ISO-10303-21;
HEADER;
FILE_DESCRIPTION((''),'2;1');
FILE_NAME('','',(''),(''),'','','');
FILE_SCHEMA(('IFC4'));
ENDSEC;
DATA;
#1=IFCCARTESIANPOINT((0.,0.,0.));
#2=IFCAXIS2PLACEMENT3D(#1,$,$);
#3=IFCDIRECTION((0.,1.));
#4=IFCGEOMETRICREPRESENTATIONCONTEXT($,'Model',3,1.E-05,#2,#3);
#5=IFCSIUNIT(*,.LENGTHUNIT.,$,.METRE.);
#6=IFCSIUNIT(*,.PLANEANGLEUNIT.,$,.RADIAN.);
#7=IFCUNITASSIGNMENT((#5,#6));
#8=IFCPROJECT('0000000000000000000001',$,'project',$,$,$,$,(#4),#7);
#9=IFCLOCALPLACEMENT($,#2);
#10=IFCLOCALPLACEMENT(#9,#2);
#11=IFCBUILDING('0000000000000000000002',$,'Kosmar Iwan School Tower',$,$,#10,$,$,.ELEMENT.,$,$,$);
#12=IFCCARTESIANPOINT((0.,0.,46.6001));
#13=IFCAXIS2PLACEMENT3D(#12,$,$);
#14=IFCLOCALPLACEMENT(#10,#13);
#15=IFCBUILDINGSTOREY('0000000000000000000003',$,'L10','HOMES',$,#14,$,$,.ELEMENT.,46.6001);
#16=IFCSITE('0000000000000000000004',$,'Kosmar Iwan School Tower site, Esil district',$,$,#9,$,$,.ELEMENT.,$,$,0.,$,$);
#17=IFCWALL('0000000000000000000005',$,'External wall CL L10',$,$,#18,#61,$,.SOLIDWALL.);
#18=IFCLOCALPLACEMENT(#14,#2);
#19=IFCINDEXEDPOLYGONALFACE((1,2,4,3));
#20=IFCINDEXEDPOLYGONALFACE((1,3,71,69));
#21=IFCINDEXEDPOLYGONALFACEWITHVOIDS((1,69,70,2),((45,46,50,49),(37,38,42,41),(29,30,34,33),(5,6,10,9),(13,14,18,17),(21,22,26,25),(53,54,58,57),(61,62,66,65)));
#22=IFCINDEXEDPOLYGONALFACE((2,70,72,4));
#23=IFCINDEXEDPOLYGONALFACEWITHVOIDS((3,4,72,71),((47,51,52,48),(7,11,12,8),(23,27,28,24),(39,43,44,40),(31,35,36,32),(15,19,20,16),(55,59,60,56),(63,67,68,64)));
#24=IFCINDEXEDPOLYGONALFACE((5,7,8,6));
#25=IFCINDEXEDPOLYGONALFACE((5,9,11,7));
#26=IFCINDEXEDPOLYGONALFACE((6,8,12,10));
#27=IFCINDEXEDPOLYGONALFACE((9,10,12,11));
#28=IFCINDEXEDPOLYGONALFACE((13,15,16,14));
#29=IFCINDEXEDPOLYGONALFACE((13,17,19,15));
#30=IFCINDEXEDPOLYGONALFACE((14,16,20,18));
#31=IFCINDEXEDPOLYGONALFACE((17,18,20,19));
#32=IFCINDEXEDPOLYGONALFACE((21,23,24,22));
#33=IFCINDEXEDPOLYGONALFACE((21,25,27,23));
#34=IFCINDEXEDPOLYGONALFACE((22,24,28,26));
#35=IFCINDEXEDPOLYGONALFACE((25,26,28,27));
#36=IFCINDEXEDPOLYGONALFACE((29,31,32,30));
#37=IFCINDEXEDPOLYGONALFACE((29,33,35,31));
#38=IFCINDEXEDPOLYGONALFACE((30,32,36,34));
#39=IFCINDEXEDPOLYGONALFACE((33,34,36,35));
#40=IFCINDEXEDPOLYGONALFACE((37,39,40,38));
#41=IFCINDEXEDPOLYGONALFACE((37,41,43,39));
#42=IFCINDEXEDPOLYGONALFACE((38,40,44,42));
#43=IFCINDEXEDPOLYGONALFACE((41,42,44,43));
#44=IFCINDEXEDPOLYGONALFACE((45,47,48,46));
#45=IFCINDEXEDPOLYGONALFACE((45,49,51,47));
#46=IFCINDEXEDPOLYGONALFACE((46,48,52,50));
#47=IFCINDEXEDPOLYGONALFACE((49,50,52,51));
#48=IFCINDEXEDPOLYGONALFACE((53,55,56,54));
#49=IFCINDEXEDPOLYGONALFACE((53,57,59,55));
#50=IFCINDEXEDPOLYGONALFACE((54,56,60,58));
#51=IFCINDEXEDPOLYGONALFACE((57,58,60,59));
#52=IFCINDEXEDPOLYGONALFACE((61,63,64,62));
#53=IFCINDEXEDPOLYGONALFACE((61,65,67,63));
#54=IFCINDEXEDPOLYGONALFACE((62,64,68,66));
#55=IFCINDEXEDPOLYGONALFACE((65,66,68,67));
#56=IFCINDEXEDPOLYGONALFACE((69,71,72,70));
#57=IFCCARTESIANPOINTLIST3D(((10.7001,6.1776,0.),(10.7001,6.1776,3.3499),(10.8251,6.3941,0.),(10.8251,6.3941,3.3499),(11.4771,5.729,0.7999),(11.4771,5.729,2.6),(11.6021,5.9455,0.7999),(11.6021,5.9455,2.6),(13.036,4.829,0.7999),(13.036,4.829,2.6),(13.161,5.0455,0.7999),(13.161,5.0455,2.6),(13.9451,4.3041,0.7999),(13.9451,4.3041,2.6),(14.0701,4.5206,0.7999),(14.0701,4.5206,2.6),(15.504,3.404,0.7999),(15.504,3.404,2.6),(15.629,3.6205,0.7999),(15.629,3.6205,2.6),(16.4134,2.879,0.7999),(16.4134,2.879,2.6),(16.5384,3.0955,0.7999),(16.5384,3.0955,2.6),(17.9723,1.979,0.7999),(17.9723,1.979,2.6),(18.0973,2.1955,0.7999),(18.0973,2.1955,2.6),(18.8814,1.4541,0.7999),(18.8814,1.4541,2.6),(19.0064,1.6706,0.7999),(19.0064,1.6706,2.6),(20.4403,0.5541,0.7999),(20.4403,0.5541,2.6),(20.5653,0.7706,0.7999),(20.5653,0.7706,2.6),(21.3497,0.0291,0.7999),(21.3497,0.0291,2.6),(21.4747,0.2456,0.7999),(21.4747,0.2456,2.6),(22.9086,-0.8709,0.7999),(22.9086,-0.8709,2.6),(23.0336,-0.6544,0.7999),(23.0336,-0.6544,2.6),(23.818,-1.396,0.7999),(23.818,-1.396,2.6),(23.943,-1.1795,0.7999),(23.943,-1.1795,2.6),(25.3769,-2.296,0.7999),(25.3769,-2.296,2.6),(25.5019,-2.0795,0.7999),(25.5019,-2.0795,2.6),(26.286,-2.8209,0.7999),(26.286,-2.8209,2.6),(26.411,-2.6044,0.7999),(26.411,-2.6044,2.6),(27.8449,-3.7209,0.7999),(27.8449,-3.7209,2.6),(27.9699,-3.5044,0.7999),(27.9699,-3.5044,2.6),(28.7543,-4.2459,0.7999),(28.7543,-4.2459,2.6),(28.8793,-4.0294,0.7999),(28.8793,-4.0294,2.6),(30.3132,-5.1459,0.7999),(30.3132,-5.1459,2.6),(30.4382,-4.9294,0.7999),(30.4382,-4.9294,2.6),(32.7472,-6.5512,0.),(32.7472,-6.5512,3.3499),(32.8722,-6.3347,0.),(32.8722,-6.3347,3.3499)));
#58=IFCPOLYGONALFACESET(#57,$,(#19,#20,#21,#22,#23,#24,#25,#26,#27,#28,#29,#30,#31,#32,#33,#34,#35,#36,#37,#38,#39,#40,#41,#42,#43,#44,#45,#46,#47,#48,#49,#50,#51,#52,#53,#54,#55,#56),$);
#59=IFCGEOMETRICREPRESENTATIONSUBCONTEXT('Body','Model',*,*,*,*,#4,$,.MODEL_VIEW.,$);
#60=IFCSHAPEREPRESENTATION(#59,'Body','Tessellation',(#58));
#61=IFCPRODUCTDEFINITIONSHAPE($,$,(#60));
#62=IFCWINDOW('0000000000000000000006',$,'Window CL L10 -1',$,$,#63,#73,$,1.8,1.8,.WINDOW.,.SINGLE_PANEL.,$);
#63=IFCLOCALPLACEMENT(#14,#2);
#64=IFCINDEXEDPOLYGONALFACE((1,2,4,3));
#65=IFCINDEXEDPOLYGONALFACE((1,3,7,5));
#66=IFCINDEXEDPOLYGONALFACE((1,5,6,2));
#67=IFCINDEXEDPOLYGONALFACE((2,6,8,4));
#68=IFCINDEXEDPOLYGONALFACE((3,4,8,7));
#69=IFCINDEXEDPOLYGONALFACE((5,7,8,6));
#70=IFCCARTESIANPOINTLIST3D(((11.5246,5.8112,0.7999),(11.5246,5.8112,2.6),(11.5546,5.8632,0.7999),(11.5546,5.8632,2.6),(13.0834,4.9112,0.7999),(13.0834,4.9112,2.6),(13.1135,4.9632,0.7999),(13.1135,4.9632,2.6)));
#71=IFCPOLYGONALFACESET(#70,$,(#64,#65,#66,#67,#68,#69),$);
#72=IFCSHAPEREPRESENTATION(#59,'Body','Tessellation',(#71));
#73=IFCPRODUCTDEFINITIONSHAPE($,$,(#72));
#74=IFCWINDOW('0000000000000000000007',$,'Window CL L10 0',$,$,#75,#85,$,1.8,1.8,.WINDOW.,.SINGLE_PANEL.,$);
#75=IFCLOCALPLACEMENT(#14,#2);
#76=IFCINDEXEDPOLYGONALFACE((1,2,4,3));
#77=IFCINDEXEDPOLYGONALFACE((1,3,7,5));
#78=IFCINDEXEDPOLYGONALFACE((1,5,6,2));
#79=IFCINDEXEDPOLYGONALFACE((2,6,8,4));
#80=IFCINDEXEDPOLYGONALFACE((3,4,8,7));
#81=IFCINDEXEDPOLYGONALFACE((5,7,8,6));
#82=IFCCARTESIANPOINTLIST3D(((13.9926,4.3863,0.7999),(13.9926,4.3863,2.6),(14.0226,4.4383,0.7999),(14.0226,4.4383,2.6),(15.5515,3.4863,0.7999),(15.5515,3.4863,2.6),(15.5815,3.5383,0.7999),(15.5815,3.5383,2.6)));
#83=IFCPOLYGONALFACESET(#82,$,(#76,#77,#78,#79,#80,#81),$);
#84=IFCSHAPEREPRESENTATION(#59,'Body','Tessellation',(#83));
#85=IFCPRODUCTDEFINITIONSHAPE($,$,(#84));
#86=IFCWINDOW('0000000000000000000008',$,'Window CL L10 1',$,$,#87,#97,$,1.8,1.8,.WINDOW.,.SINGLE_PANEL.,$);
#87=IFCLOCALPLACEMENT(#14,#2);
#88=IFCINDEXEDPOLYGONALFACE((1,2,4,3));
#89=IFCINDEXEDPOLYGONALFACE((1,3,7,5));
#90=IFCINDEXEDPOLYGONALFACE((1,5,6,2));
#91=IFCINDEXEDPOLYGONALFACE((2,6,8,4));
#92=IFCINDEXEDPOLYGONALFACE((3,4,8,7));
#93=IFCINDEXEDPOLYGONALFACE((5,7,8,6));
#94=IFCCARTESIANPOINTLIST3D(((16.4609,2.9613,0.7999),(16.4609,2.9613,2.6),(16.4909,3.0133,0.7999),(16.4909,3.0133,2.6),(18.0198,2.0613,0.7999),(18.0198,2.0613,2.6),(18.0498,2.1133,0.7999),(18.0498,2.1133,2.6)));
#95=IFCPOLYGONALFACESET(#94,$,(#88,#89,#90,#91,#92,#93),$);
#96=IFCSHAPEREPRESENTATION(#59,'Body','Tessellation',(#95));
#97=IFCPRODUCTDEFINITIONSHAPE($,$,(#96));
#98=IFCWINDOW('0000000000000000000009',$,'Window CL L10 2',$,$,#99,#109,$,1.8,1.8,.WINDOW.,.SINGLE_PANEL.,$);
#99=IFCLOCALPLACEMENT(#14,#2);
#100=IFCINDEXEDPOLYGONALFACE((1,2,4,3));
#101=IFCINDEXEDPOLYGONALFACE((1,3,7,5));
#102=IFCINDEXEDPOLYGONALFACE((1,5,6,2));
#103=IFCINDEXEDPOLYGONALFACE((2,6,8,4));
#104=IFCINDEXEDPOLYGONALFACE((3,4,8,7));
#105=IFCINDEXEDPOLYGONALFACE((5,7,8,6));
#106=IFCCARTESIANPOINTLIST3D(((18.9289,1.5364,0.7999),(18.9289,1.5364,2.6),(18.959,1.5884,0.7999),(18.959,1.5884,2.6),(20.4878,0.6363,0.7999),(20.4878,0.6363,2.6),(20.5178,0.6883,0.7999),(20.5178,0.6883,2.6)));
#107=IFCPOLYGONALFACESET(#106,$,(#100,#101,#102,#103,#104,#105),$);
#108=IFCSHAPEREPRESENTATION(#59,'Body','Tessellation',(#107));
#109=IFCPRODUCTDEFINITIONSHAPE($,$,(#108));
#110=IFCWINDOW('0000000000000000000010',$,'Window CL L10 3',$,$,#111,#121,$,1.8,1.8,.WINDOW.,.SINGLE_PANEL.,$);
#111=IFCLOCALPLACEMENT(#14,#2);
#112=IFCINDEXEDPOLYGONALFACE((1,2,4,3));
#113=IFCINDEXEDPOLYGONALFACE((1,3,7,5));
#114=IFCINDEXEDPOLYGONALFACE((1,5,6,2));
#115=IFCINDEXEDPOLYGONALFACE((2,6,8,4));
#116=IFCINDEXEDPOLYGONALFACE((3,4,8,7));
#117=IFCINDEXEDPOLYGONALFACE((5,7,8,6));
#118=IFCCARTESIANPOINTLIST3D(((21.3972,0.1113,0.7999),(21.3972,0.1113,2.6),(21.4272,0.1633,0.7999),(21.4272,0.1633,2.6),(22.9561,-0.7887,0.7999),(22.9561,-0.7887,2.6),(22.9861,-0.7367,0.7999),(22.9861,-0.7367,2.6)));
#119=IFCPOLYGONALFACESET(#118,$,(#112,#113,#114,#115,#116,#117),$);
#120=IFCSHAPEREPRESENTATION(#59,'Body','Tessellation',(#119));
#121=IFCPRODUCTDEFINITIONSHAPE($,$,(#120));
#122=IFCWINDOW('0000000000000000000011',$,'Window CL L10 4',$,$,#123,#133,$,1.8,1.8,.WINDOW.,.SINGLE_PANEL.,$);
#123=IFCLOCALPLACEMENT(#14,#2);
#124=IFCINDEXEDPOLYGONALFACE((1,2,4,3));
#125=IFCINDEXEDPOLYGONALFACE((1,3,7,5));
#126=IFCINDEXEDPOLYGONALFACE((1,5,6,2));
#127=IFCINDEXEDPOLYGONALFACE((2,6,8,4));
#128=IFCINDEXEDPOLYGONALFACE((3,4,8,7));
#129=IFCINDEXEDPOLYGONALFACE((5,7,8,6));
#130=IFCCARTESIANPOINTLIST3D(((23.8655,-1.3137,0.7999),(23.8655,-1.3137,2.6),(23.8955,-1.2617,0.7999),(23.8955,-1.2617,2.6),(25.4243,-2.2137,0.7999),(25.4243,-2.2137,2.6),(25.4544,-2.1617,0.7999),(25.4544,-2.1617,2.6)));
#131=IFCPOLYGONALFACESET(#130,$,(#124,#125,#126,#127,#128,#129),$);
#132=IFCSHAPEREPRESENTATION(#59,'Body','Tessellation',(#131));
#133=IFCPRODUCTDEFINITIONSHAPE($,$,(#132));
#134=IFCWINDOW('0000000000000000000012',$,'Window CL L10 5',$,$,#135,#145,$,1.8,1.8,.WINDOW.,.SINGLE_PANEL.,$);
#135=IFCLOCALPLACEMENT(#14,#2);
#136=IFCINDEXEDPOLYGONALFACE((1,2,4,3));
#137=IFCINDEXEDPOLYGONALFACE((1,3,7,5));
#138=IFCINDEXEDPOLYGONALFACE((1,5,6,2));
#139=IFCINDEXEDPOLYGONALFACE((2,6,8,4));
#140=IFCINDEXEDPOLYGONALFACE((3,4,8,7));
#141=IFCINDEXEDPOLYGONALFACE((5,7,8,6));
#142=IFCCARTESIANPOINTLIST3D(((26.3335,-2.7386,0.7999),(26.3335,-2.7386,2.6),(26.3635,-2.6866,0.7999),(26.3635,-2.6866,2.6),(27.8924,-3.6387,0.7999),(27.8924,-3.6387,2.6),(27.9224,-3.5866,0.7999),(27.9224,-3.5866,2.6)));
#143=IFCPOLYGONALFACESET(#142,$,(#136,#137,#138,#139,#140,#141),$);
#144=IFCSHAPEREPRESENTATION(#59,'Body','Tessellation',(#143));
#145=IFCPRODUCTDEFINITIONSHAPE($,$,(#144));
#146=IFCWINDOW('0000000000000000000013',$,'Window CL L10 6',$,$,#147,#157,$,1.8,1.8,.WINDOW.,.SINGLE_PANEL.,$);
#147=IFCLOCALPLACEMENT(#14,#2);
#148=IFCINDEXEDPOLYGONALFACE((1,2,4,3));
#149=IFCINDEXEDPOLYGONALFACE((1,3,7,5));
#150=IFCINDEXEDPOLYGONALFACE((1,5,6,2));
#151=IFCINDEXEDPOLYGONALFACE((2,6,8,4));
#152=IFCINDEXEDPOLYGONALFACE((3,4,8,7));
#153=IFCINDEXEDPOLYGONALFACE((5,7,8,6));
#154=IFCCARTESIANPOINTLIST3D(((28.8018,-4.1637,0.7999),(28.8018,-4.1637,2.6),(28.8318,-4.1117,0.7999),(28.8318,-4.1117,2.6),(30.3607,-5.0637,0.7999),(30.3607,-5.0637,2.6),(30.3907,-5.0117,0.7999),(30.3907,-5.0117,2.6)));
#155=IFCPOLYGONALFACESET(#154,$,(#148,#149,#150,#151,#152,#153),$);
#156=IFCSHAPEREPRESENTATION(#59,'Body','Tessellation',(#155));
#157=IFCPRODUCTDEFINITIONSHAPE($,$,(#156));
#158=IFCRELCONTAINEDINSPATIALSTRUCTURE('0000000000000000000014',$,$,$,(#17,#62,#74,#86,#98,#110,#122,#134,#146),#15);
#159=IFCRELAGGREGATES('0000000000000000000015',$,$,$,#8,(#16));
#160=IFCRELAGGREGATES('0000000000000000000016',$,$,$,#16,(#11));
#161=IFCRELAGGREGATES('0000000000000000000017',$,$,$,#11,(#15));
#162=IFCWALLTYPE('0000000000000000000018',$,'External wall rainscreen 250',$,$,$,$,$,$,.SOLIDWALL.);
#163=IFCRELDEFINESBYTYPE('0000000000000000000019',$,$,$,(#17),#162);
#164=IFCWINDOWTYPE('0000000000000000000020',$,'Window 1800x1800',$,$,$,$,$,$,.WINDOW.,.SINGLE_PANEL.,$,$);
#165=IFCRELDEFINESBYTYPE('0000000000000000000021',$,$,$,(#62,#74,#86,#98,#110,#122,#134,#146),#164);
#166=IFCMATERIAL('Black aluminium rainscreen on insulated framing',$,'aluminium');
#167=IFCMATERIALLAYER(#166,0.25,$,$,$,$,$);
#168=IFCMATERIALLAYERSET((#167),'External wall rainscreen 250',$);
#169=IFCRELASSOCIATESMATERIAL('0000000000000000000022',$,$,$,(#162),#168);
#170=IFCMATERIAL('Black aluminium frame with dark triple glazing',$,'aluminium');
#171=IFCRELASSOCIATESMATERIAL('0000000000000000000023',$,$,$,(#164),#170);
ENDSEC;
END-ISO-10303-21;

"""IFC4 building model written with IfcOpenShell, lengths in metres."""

from ifc_helpers import new_model, si_unit, direction, frame, frame_2d, origin, place, context, subcontext, project, spatial, rectangle, extrude, material, layer, layer_set, type_object, element, fill, save


model = new_model("IFC4")

# Units and contexts
model_context = context("Model", 3, precision=1e-05, world=origin(), true_north=direction((0.0, 1.0)))
body_context = subcontext(model_context, "Body", "Model", "MODEL_VIEW")
ifc_project = project(units=[si_unit("LENGTHUNIT", "METRE"), si_unit("PLANEANGLEUNIT", "RADIAN")], contexts=[model_context])

# Site, building, storey
site_placement = place(None, origin())
site = spatial("IfcSite", under=ifc_project, at=site_placement, Name="Kosmar Iwan School Tower site, Esil district", CompositionType="ELEMENT", RefElevation=0.0)
building_placement = place(site_placement, origin())
building = spatial("IfcBuilding", under=site, at=building_placement, Name="Kosmar Iwan School Tower", CompositionType="ELEMENT")
storey_placement = place(building_placement, frame((0.0, 0.0, 46.6001)))
storey = spatial("IfcBuildingStorey", under=building, at=storey_placement, Name="L10", Description="HOMES", CompositionType="ELEMENT", Elevation=46.6001)

# Wall, openings, windows
ifc_material_1 = material(Name="Black aluminium rainscreen on insulated framing", Category="aluminium")
ifc_layer = layer(ifc_material_1, 0.25)
ifc_layer_set = layer_set([ifc_layer], Name="External wall rainscreen 250")
wall_type = type_object("IfcWallType", Name="External wall rainscreen 250", PredefinedType="SOLIDWALL", material=ifc_layer_set)
wall_1_placement = place(storey_placement, frame((10.7625, 6.2859, 0.0), z_axis=(0.0, 0.0, 1.0), x_axis=(0.866028, -0.499996, 0.0)))
wall_1 = element("IfcWall", 1, at=wall_1_placement, inside=storey, type_object=wall_type, Name="External wall CL L10", PredefinedType="SOLIDWALL", context=body_context, shape_type="SweptSolid", body=[
    extrude(rectangle(XDim=25.4578, YDim=0.25, at=frame_2d((12.729, 0.0))), origin(), (0.0, 0.0, 1.0), 3.3499),
])
opening_1_placement = place(wall_1_placement, frame((0.8975, 0.0, 0.8)))
opening_1 = element("IfcOpeningElement", 2, at=opening_1_placement, cuts=wall_1, PredefinedType="OPENING", context=body_context, shape_type="SweptSolid", body=[
    extrude(rectangle(XDim=1.8, YDim=1.8, at=frame_2d((0.8999, 0.8999))), frame((0.0, 0.137, 0.0), z_axis=(0.0, -1.0, 0.0), x_axis=(1.0, 0.0, 0.0)), (0.0, 0.0, 1.0), 0.2739),
])
opening_2_placement = place(wall_1_placement, frame((3.7473, 0.0, 0.8)))
opening_2 = element("IfcOpeningElement", 3, at=opening_2_placement, cuts=wall_1, PredefinedType="OPENING", context=body_context, shape_type="SweptSolid", body=[
    extrude(rectangle(XDim=1.8, YDim=1.8, at=frame_2d((0.8999, 0.8999))), frame((0.0, 0.137, 0.0), z_axis=(0.0, -1.0, 0.0), x_axis=(1.0, 0.0, 0.0)), (0.0, 0.0, 1.0), 0.2739),
])
opening_3_placement = place(wall_1_placement, frame((6.5974, 0.0, 0.8)))
opening_3 = element("IfcOpeningElement", 4, at=opening_3_placement, cuts=wall_1, PredefinedType="OPENING", context=body_context, shape_type="SweptSolid", body=[
    extrude(rectangle(XDim=1.8, YDim=1.8, at=frame_2d((0.8999, 0.8999))), frame((0.0, 0.137, 0.0), z_axis=(0.0, -1.0, 0.0), x_axis=(1.0, 0.0, 0.0)), (0.0, 0.0, 1.0), 0.2739),
])
opening_4_placement = place(wall_1_placement, frame((9.4473, 0.0, 0.8)))
opening_4 = element("IfcOpeningElement", 5, at=opening_4_placement, cuts=wall_1, PredefinedType="OPENING", context=body_context, shape_type="SweptSolid", body=[
    extrude(rectangle(XDim=1.8, YDim=1.8, at=frame_2d((0.8999, 0.8999))), frame((0.0, 0.137, 0.0), z_axis=(0.0, -1.0, 0.0), x_axis=(1.0, 0.0, 0.0)), (0.0, 0.0, 1.0), 0.2739),
])
opening_5_placement = place(wall_1_placement, frame((12.2974, 0.0, 0.8)))
opening_5 = element("IfcOpeningElement", 6, at=opening_5_placement, cuts=wall_1, PredefinedType="OPENING", context=body_context, shape_type="SweptSolid", body=[
    extrude(rectangle(XDim=1.8, YDim=1.8, at=frame_2d((0.8999, 0.8999))), frame((0.0, 0.137, 0.0), z_axis=(0.0, -1.0, 0.0), x_axis=(1.0, 0.0, 0.0)), (0.0, 0.0, 1.0), 0.2739),
])
opening_6_placement = place(wall_1_placement, frame((15.1475, 0.0, 0.8)))
opening_6 = element("IfcOpeningElement", 7, at=opening_6_placement, cuts=wall_1, PredefinedType="OPENING", context=body_context, shape_type="SweptSolid", body=[
    extrude(rectangle(XDim=1.8, YDim=1.8, at=frame_2d((0.8999, 0.8999))), frame((0.0, 0.137, 0.0), z_axis=(0.0, -1.0, 0.0), x_axis=(1.0, 0.0, 0.0)), (0.0, 0.0, 1.0), 0.2739),
])
opening_7_placement = place(wall_1_placement, frame((17.9973, 0.0, 0.8)))
opening_7 = element("IfcOpeningElement", 8, at=opening_7_placement, cuts=wall_1, PredefinedType="OPENING", context=body_context, shape_type="SweptSolid", body=[
    extrude(rectangle(XDim=1.8, YDim=1.8, at=frame_2d((0.8999, 0.8999))), frame((0.0, 0.137, 0.0), z_axis=(0.0, -1.0, 0.0), x_axis=(1.0, 0.0, 0.0)), (0.0, 0.0, 1.0), 0.2739),
])
opening_8_placement = place(wall_1_placement, frame((20.8474, 0.0, 0.8)))
opening_8 = element("IfcOpeningElement", 9, at=opening_8_placement, cuts=wall_1, PredefinedType="OPENING", context=body_context, shape_type="SweptSolid", body=[
    extrude(rectangle(XDim=1.8, YDim=1.8, at=frame_2d((0.8999, 0.8999))), frame((0.0, 0.137, 0.0), z_axis=(0.0, -1.0, 0.0), x_axis=(1.0, 0.0, 0.0)), (0.0, 0.0, 1.0), 0.2739),
])
ifc_material_2 = material(Name="Black aluminium frame with dark triple glazing", Category="aluminium")
window_type = type_object("IfcWindowType", Name="Window 1800x1800", PartitioningType="SINGLE_PANEL", PredefinedType="WINDOW", material=ifc_material_2)
window_1_placement = place(opening_1_placement, origin())
window_1 = element("IfcWindow", 10, at=window_1_placement, inside=storey, type_object=window_type, Name="Window CL L10 -1", OverallHeight=1.8, OverallWidth=1.8, PartitioningType="SINGLE_PANEL", PredefinedType="WINDOW", context=body_context, shape_type="SweptSolid", body=[
    extrude(rectangle(XDim=1.8, YDim=1.8, at=frame_2d((0.8999, 0.8999))), frame((0.0, 0.03, 0.0), z_axis=(0.0, -1.0, 0.0), x_axis=(1.0, 0.0, 0.0)), (0.0, 0.0, 1.0), 0.0601),
])
fill(opening_1, window_1)
window_2_placement = place(opening_2_placement, origin())
window_2 = element("IfcWindow", 11, at=window_2_placement, inside=storey, type_object=window_type, Name="Window CL L10 0", OverallHeight=1.8, OverallWidth=1.8, PartitioningType="SINGLE_PANEL", PredefinedType="WINDOW", context=body_context, shape_type="SweptSolid", body=[
    extrude(rectangle(XDim=1.8, YDim=1.8, at=frame_2d((0.8999, 0.8999))), frame((0.0, 0.03, 0.0), z_axis=(0.0, -1.0, 0.0), x_axis=(1.0, 0.0, 0.0)), (0.0, 0.0, 1.0), 0.0601),
])
fill(opening_2, window_2)
window_3_placement = place(opening_3_placement, origin())
window_3 = element("IfcWindow", 12, at=window_3_placement, inside=storey, type_object=window_type, Name="Window CL L10 1", OverallHeight=1.8, OverallWidth=1.8, PartitioningType="SINGLE_PANEL", PredefinedType="WINDOW", context=body_context, shape_type="SweptSolid", body=[
    extrude(rectangle(XDim=1.8, YDim=1.8, at=frame_2d((0.8999, 0.8999))), frame((0.0, 0.03, 0.0), z_axis=(0.0, -1.0, 0.0), x_axis=(1.0, 0.0, 0.0)), (0.0, 0.0, 1.0), 0.0601),
])
fill(opening_3, window_3)
window_4_placement = place(opening_4_placement, origin())
window_4 = element("IfcWindow", 13, at=window_4_placement, inside=storey, type_object=window_type, Name="Window CL L10 2", OverallHeight=1.8, OverallWidth=1.8, PartitioningType="SINGLE_PANEL", PredefinedType="WINDOW", context=body_context, shape_type="SweptSolid", body=[
    extrude(rectangle(XDim=1.8, YDim=1.8, at=frame_2d((0.8999, 0.8999))), frame((0.0, 0.03, 0.0), z_axis=(0.0, -1.0, 0.0), x_axis=(1.0, 0.0, 0.0)), (0.0, 0.0, 1.0), 0.0601),
])
fill(opening_4, window_4)
window_5_placement = place(opening_5_placement, origin())
window_5 = element("IfcWindow", 14, at=window_5_placement, inside=storey, type_object=window_type, Name="Window CL L10 3", OverallHeight=1.8, OverallWidth=1.8, PartitioningType="SINGLE_PANEL", PredefinedType="WINDOW", context=body_context, shape_type="SweptSolid", body=[
    extrude(rectangle(XDim=1.8, YDim=1.8, at=frame_2d((0.8999, 0.8999))), frame((0.0, 0.03, 0.0), z_axis=(0.0, -1.0, 0.0), x_axis=(1.0, 0.0, 0.0)), (0.0, 0.0, 1.0), 0.0601),
])
fill(opening_5, window_5)
window_6_placement = place(opening_6_placement, origin())
window_6 = element("IfcWindow", 15, at=window_6_placement, inside=storey, type_object=window_type, Name="Window CL L10 4", OverallHeight=1.8, OverallWidth=1.8, PartitioningType="SINGLE_PANEL", PredefinedType="WINDOW", context=body_context, shape_type="SweptSolid", body=[
    extrude(rectangle(XDim=1.8, YDim=1.8, at=frame_2d((0.8999, 0.8999))), frame((0.0, 0.03, 0.0), z_axis=(0.0, -1.0, 0.0), x_axis=(1.0, 0.0, 0.0)), (0.0, 0.0, 1.0), 0.0601),
])
fill(opening_6, window_6)
window_7_placement = place(opening_7_placement, origin())
window_7 = element("IfcWindow", 16, at=window_7_placement, inside=storey, type_object=window_type, Name="Window CL L10 5", OverallHeight=1.8, OverallWidth=1.8, PartitioningType="SINGLE_PANEL", PredefinedType="WINDOW", context=body_context, shape_type="SweptSolid", body=[
    extrude(rectangle(XDim=1.8, YDim=1.8, at=frame_2d((0.8999, 0.8999))), frame((0.0, 0.03, 0.0), z_axis=(0.0, -1.0, 0.0), x_axis=(1.0, 0.0, 0.0)), (0.0, 0.0, 1.0), 0.0601),
])
fill(opening_7, window_7)
window_8_placement = place(opening_8_placement, origin())
window_8 = element("IfcWindow", 17, at=window_8_placement, inside=storey, type_object=window_type, Name="Window CL L10 6", OverallHeight=1.8, OverallWidth=1.8, PartitioningType="SINGLE_PANEL", PredefinedType="WINDOW", context=body_context, shape_type="SweptSolid", body=[
    extrude(rectangle(XDim=1.8, YDim=1.8, at=frame_2d((0.8999, 0.8999))), frame((0.0, 0.03, 0.0), z_axis=(0.0, -1.0, 0.0), x_axis=(1.0, 0.0, 0.0)), (0.0, 0.0, 1.0), 0.0601),
])
fill(opening_8, window_8)

save(model, "model.ifc")
